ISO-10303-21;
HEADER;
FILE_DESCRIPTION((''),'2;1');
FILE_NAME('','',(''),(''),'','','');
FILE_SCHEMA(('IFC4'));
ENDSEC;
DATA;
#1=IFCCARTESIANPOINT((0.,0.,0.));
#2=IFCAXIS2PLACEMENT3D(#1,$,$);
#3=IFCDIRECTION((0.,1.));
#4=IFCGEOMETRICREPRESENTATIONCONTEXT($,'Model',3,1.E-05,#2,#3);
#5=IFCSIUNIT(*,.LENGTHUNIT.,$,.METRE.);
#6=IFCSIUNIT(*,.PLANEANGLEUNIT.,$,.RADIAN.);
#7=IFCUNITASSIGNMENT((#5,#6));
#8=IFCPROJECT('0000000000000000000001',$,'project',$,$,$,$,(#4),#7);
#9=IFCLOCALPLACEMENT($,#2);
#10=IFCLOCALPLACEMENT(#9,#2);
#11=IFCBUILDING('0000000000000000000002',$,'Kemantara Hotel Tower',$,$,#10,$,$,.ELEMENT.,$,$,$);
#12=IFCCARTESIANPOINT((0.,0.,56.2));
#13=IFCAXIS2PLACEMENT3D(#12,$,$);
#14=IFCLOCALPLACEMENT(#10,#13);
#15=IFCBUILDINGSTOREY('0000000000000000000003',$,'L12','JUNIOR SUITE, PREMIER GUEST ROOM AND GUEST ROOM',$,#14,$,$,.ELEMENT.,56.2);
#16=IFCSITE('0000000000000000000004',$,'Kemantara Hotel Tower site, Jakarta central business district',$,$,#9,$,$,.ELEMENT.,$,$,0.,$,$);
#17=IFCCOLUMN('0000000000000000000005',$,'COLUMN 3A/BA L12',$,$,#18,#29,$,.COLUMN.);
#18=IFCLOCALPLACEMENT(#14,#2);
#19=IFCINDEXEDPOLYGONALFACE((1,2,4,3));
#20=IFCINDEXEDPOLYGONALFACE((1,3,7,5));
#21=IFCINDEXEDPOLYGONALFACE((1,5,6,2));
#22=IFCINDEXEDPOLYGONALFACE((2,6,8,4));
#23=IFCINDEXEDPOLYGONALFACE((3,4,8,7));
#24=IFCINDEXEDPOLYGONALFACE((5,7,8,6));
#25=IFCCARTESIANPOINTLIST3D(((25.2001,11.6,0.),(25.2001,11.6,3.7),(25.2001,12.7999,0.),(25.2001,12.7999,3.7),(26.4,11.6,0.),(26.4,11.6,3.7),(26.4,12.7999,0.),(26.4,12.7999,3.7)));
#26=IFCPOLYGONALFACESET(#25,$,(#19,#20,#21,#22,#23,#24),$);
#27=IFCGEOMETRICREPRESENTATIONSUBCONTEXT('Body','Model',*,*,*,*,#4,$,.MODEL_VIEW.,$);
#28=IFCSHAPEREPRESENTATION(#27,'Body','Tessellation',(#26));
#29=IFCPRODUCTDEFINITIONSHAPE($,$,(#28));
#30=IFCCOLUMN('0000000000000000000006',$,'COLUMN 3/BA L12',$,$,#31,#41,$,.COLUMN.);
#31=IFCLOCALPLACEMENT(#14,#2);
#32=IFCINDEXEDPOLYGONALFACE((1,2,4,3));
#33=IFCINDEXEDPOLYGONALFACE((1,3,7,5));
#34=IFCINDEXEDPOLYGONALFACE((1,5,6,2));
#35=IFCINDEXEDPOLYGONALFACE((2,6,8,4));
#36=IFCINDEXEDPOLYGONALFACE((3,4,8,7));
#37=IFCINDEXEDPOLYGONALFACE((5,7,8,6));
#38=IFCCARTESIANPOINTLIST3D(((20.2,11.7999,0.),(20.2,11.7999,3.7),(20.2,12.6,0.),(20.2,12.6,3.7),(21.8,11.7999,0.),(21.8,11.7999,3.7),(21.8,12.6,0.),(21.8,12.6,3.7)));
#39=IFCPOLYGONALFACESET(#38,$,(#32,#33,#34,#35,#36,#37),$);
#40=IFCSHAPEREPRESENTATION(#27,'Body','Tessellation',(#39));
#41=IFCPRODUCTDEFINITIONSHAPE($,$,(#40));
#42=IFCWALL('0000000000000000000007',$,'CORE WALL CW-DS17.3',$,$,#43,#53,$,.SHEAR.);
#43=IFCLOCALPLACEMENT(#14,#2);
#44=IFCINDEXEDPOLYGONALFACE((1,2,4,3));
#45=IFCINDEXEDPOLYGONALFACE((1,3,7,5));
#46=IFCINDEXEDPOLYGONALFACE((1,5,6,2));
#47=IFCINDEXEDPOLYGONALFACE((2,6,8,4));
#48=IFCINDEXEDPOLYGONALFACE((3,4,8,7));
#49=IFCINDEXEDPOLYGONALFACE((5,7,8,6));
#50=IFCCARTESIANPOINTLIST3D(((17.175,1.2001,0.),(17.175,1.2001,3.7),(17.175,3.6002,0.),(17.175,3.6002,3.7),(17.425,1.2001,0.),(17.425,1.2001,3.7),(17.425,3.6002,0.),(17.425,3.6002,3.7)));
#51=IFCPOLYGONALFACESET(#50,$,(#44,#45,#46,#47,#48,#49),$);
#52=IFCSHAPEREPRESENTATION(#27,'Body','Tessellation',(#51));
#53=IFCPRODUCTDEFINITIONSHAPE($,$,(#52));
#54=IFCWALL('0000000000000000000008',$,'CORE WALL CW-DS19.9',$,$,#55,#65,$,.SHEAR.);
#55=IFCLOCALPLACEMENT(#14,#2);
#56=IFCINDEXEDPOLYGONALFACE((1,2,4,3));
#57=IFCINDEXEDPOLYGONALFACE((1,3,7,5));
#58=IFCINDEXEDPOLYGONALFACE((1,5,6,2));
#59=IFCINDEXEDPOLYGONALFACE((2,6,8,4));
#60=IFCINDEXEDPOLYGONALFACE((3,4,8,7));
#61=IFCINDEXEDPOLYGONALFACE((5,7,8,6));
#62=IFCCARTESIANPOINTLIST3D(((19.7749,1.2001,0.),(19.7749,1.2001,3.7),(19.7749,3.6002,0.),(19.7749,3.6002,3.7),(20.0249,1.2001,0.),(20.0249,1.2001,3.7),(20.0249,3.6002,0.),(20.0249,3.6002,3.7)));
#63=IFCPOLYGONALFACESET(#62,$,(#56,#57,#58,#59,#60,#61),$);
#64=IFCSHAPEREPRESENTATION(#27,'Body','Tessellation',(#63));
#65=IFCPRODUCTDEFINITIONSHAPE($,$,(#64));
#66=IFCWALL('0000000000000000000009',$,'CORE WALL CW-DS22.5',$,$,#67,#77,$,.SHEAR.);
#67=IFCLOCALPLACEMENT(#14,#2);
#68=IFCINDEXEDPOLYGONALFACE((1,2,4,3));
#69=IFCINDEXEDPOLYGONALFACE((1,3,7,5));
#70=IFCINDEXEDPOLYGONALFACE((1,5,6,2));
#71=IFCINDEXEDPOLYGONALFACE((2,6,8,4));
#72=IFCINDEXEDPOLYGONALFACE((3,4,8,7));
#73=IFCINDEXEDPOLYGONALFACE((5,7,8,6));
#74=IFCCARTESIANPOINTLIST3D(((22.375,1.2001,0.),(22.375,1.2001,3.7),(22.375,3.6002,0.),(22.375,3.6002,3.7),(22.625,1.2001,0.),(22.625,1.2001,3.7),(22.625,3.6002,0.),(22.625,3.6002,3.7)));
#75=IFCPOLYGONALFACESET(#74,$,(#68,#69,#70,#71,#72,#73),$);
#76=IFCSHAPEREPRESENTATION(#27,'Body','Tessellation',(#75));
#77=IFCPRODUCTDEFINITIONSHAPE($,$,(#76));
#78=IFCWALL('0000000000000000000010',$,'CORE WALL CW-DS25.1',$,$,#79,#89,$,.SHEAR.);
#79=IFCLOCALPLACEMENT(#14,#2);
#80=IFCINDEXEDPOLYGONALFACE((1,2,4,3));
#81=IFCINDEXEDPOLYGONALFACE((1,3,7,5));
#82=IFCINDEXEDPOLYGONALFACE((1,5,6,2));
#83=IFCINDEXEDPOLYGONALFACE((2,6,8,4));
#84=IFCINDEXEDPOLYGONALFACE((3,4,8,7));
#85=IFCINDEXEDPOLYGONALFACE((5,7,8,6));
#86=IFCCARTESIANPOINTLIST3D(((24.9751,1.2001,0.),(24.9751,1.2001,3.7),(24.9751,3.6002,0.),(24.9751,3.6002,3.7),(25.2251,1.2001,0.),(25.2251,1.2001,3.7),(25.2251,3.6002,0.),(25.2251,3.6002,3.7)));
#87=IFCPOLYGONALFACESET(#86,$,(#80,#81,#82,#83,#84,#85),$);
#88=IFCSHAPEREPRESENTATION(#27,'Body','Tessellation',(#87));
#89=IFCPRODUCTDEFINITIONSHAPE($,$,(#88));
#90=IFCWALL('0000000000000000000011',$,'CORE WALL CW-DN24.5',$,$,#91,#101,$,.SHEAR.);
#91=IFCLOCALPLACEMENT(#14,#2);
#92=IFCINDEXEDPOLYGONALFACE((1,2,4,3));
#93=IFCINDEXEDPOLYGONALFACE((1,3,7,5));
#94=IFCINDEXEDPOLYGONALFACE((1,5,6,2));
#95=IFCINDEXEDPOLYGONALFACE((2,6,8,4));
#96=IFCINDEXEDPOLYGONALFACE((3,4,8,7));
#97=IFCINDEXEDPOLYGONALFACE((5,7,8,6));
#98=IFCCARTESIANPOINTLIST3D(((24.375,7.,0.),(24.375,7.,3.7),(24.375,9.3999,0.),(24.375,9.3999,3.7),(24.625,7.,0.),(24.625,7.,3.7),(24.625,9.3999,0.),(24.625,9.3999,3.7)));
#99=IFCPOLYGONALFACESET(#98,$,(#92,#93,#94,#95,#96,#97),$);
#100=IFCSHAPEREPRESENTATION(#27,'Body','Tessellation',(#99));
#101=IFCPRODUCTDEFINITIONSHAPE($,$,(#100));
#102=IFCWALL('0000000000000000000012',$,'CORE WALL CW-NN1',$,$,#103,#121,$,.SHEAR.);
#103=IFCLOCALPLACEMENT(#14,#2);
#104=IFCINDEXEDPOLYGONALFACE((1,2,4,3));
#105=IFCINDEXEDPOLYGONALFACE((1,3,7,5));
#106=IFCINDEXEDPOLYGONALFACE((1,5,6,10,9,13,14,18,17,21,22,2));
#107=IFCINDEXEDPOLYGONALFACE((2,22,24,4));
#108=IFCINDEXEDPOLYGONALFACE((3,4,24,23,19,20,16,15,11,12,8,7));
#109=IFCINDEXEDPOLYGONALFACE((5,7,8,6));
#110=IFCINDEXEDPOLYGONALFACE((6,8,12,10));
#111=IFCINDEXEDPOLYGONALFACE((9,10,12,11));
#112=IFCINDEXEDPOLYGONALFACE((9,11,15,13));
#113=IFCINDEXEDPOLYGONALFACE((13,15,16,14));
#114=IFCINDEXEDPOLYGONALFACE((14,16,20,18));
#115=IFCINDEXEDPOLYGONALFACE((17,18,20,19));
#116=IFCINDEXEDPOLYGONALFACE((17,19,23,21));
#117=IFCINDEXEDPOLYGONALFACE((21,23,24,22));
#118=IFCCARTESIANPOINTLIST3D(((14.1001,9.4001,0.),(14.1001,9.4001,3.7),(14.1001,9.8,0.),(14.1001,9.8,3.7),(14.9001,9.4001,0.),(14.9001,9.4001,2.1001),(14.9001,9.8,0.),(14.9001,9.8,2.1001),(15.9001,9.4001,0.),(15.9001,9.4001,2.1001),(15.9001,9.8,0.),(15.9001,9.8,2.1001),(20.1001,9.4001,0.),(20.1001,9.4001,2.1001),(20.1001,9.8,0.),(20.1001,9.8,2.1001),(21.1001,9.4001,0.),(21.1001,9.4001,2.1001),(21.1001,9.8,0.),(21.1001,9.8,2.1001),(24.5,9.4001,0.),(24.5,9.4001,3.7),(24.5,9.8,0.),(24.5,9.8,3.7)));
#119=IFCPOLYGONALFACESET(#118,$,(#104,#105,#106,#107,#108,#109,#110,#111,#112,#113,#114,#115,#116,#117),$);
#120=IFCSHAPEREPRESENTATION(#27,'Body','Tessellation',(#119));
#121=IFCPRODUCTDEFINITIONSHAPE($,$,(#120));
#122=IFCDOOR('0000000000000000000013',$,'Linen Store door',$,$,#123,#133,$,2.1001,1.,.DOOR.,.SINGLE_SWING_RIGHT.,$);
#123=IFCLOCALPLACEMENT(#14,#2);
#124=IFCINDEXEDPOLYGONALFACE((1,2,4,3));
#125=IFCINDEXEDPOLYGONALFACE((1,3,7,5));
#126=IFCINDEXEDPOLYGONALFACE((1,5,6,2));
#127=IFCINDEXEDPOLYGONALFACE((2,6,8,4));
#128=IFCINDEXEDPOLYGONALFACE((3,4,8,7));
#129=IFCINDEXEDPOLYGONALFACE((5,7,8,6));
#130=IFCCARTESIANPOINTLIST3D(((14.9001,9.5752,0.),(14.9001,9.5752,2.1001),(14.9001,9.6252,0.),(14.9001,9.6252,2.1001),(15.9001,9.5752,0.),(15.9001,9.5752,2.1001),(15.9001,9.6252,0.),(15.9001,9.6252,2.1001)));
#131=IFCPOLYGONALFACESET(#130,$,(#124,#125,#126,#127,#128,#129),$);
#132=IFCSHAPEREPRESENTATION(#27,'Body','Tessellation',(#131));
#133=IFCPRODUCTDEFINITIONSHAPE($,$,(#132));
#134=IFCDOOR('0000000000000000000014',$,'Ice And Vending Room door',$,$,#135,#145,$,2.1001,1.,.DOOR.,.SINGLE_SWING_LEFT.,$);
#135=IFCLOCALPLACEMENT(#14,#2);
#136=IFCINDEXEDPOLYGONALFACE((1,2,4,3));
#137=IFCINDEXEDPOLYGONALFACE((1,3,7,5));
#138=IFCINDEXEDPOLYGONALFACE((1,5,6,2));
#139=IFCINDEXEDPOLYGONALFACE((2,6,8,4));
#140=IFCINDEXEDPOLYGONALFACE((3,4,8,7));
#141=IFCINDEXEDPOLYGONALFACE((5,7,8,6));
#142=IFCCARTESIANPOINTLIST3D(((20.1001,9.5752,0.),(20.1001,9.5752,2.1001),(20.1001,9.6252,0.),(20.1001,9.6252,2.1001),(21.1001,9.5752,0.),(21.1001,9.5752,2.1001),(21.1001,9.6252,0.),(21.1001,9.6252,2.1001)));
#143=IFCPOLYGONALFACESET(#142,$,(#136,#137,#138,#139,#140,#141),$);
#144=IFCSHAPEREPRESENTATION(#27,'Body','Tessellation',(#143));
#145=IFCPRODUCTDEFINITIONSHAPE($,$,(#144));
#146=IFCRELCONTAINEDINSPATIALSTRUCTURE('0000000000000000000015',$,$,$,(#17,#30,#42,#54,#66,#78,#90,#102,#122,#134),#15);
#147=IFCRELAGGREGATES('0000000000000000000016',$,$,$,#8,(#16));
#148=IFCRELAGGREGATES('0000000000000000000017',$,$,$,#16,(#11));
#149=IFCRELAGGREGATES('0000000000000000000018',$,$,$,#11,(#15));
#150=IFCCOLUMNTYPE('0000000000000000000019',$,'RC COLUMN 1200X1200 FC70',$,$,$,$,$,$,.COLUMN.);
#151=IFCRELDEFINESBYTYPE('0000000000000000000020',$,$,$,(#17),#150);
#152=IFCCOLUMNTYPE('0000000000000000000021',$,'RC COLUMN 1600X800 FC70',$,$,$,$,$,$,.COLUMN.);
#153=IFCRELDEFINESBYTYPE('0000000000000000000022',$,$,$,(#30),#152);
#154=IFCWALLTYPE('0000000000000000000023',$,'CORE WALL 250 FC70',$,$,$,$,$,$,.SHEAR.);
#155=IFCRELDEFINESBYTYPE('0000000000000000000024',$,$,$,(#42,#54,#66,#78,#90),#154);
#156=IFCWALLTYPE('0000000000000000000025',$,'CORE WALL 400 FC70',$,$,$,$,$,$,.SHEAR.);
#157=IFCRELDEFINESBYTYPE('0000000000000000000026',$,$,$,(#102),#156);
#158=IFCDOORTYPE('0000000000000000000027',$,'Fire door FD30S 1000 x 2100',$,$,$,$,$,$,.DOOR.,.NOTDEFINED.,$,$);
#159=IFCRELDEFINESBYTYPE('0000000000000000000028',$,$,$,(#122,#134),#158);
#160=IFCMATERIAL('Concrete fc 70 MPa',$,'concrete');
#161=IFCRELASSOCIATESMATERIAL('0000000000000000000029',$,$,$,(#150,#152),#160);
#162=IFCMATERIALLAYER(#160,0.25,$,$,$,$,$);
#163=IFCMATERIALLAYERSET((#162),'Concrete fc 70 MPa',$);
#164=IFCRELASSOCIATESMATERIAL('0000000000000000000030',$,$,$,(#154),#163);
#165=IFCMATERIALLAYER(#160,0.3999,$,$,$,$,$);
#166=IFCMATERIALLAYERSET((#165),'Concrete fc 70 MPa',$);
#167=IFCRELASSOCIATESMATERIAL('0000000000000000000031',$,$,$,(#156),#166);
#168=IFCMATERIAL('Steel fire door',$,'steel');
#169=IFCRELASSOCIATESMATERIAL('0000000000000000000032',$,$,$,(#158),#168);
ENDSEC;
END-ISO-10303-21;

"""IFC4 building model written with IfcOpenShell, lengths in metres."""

from ifc_helpers import new_model, si_unit, direction, frame, frame_2d, origin, origin_2d, place, context, subcontext, project, spatial, rectangle, extrude, material, layer, layer_set, material_profile, profile_set, type_object, element, fill, save


model = new_model("IFC4")

# Units and contexts
model_context = context("Model", 3, precision=1e-05, world=origin(), true_north=direction((0.0, 1.0)))
body_context = subcontext(model_context, "Body", "Model", "MODEL_VIEW")
ifc_project = project(units=[si_unit("LENGTHUNIT", "METRE"), si_unit("PLANEANGLEUNIT", "RADIAN")], contexts=[model_context])

# Site, building, storey
site_placement = place(None, origin())
site = spatial("IfcSite", under=ifc_project, at=site_placement, Name="Kemantara Hotel Tower site, Jakarta central business district", CompositionType="ELEMENT", RefElevation=0.0)
building_placement = place(site_placement, origin())
building = spatial("IfcBuilding", under=site, at=building_placement, Name="Kemantara Hotel Tower", CompositionType="ELEMENT")
storey_placement = place(building_placement, frame((0.0, 0.0, 56.2)))
storey = spatial("IfcBuildingStorey", under=building, at=storey_placement, Name="L12", Description="JUNIOR SUITE, PREMIER GUEST ROOM AND GUEST ROOM", CompositionType="ELEMENT", Elevation=56.2)

# Columns
ifc_material_1 = material(Name="Concrete fc 70 MPa", Category="concrete")
ifc_material_profile_1 = material_profile(ifc_material_1, rectangle(XDim=1.2, YDim=1.2, at=origin_2d()), Name="RC 1200X1200")
ifc_profile_set_1 = profile_set([ifc_material_profile_1], Name="Concrete fc 70 MPa")
column_type_1 = type_object("IfcColumnType", Name="RC COLUMN 1200X1200 FC70", PredefinedType="COLUMN", material=ifc_profile_set_1)
column_1_placement = place(storey_placement, frame((25.8, 12.2, 0.0), z_axis=(0.0, 0.0, 1.0), x_axis=(1.0, 0.0, 0.0)))
element("IfcColumn", 1, at=column_1_placement, inside=storey, type_object=column_type_1, Name="COLUMN 3A/BA L12", PredefinedType="COLUMN", context=body_context, shape_type="SweptSolid", body=[
    extrude(rectangle(XDim=1.2, YDim=1.2, at=origin_2d()), origin(), (0.0, 0.0, 1.0), 3.7),
])
ifc_material_profile_2 = material_profile(ifc_material_1, rectangle(XDim=1.6001, YDim=0.8, at=origin_2d()), Name="RC 1600X800")
ifc_profile_set_2 = profile_set([ifc_material_profile_2], Name="Concrete fc 70 MPa")
column_type_2 = type_object("IfcColumnType", Name="RC COLUMN 1600X800 FC70", PredefinedType="COLUMN", material=ifc_profile_set_2)
column_2_placement = place(storey_placement, frame((21.0, 12.2, 0.0), z_axis=(0.0, 0.0, 1.0), x_axis=(1.0, 0.0, 0.0)))
element("IfcColumn", 2, at=column_2_placement, inside=storey, type_object=column_type_2, Name="COLUMN 3/BA L12", PredefinedType="COLUMN", context=body_context, shape_type="SweptSolid", body=[
    extrude(rectangle(XDim=1.6001, YDim=0.8, at=origin_2d()), origin(), (0.0, 0.0, 1.0), 3.7),
])

# Walls
ifc_layer_1 = layer(ifc_material_1, 0.25)
ifc_layer_set_1 = layer_set([ifc_layer_1], Name="Concrete fc 70 MPa")
wall_type_1 = type_object("IfcWallType", Name="CORE WALL 250 FC70", PredefinedType="SHEAR", material=ifc_layer_set_1)
for number, where, z_axis, x_axis, name in (
    (3, (17.3, 1.2, 0.0), (0.0, 0.0, 1.0), (0.0, 1.0, 0.0), "CORE WALL CW-DS17.3"),
    (4, (19.8999, 1.2, 0.0), (0.0, 0.0, 1.0), (0.0, 1.0, 0.0), "CORE WALL CW-DS19.9"),
    (5, (22.5, 1.2, 0.0), (0.0, 0.0, 1.0), (0.0, 1.0, 0.0), "CORE WALL CW-DS22.5"),
    (6, (25.1001, 1.2, 0.0), (0.0, 0.0, 1.0), (0.0, 1.0, 0.0), "CORE WALL CW-DS25.1"),
):
    element("IfcWall", number, at=place(storey_placement, frame(where, z_axis=z_axis, x_axis=x_axis)), inside=storey, type_object=wall_type_1, Name=name, PredefinedType="SHEAR", context=body_context, shape_type="SweptSolid", body=[
        extrude(rectangle(XDim=2.4001, YDim=0.25, at=frame_2d((1.2002, 0.0))), origin(), (0.0, 0.0, 1.0), 3.7),
    ])
wall_1_placement = place(storey_placement, frame((24.5, 7.0, 0.0), z_axis=(0.0, 0.0, 1.0), x_axis=(0.0, 1.0, 0.0)))
element("IfcWall", 7, at=wall_1_placement, inside=storey, type_object=wall_type_1, Name="CORE WALL CW-DN24.5", PredefinedType="SHEAR", context=body_context, shape_type="SweptSolid", body=[
    extrude(rectangle(XDim=2.3999, YDim=0.25, at=frame_2d((1.2, 0.0))), origin(), (0.0, 0.0, 1.0), 3.7),
])

# Wall, openings, doors
ifc_layer_2 = layer(ifc_material_1, 0.3999)
ifc_layer_set_2 = layer_set([ifc_layer_2], Name="Concrete fc 70 MPa")
wall_type_2 = type_object("IfcWallType", Name="CORE WALL 400 FC70", PredefinedType="SHEAR", material=ifc_layer_set_2)
wall_2_placement = place(storey_placement, frame((14.1001, 9.6001, 0.0), z_axis=(0.0, 0.0, 1.0), x_axis=(1.0, 0.0, 0.0)))
wall_2 = element("IfcWall", 8, at=wall_2_placement, inside=storey, type_object=wall_type_2, Name="CORE WALL CW-NN1", PredefinedType="SHEAR", context=body_context, shape_type="SweptSolid", body=[
    extrude(rectangle(XDim=10.3999, YDim=0.3999, at=frame_2d((5.2, 0.0))), origin(), (0.0, 0.0, 1.0), 3.7),
])
opening_1_placement = place(wall_2_placement, frame((0.8, 0.0, 0.0)))
opening_1 = element("IfcOpeningElement", 9, at=opening_1_placement, cuts=wall_2, PredefinedType="OPENING", context=body_context, shape_type="SweptSolid", body=[
    extrude(rectangle(XDim=1.0, YDim=2.1001, at=frame_2d((0.5, 1.05))), frame((0.0, 0.21, 0.0), z_axis=(0.0, -1.0, 0.0), x_axis=(1.0, 0.0, 0.0)), (0.0, 0.0, 1.0), 0.4199),
])
opening_2_placement = place(wall_2_placement, frame((6.0, 0.0, 0.0)))
opening_2 = element("IfcOpeningElement", 10, at=opening_2_placement, cuts=wall_2, PredefinedType="OPENING", context=body_context, shape_type="SweptSolid", body=[
    extrude(rectangle(XDim=1.0, YDim=2.1001, at=frame_2d((0.5, 1.05))), frame((0.0, 0.21, 0.0), z_axis=(0.0, -1.0, 0.0), x_axis=(1.0, 0.0, 0.0)), (0.0, 0.0, 1.0), 0.4199),
])
ifc_material_2 = material(Name="Steel fire door", Category="steel")
door_type_1 = type_object("IfcDoorType", Name="Fire door FD30S 1000 x 2100", OperationType="NOTDEFINED", PredefinedType="DOOR", material=ifc_material_2)
door_1_placement = place(opening_1_placement, frame((1.0, 0.0, 0.0), z_axis=(0.0, 0.0, 1.0), x_axis=(-1.0, 0.0, 0.0)))
door_1 = element("IfcDoor", 11, at=door_1_placement, inside=storey, type_object=door_type_1, Name="Linen Store door", OperationType="SINGLE_SWING_RIGHT", OverallHeight=2.1001, OverallWidth=1.0, PredefinedType="DOOR", context=body_context, shape_type="SweptSolid", body=[
    extrude(rectangle(XDim=1.0, YDim=2.1001, at=frame_2d((0.5, 1.05))), frame((0.0, 0.0249, 0.0), z_axis=(0.0, -1.0, 0.0), x_axis=(1.0, 0.0, 0.0)), (0.0, 0.0, 1.0), 0.05),
])
fill(opening_1, door_1)
door_2_placement = place(opening_2_placement, frame((1.0, 0.0, 0.0), z_axis=(0.0, 0.0, 1.0), x_axis=(-1.0, 0.0, 0.0)))
door_2 = element("IfcDoor", 12, at=door_2_placement, inside=storey, type_object=door_type_1, Name="Ice And Vending Room door", OperationType="SINGLE_SWING_LEFT", OverallHeight=2.1001, OverallWidth=1.0, PredefinedType="DOOR", context=body_context, shape_type="SweptSolid", body=[
    extrude(rectangle(XDim=1.0, YDim=2.1001, at=frame_2d((0.5, 1.05))), frame((0.0, 0.0249, 0.0), z_axis=(0.0, -1.0, 0.0), x_axis=(1.0, 0.0, 0.0)), (0.0, 0.0, 1.0), 0.05),
])
fill(opening_2, door_2)

save(model, "model.ifc")
